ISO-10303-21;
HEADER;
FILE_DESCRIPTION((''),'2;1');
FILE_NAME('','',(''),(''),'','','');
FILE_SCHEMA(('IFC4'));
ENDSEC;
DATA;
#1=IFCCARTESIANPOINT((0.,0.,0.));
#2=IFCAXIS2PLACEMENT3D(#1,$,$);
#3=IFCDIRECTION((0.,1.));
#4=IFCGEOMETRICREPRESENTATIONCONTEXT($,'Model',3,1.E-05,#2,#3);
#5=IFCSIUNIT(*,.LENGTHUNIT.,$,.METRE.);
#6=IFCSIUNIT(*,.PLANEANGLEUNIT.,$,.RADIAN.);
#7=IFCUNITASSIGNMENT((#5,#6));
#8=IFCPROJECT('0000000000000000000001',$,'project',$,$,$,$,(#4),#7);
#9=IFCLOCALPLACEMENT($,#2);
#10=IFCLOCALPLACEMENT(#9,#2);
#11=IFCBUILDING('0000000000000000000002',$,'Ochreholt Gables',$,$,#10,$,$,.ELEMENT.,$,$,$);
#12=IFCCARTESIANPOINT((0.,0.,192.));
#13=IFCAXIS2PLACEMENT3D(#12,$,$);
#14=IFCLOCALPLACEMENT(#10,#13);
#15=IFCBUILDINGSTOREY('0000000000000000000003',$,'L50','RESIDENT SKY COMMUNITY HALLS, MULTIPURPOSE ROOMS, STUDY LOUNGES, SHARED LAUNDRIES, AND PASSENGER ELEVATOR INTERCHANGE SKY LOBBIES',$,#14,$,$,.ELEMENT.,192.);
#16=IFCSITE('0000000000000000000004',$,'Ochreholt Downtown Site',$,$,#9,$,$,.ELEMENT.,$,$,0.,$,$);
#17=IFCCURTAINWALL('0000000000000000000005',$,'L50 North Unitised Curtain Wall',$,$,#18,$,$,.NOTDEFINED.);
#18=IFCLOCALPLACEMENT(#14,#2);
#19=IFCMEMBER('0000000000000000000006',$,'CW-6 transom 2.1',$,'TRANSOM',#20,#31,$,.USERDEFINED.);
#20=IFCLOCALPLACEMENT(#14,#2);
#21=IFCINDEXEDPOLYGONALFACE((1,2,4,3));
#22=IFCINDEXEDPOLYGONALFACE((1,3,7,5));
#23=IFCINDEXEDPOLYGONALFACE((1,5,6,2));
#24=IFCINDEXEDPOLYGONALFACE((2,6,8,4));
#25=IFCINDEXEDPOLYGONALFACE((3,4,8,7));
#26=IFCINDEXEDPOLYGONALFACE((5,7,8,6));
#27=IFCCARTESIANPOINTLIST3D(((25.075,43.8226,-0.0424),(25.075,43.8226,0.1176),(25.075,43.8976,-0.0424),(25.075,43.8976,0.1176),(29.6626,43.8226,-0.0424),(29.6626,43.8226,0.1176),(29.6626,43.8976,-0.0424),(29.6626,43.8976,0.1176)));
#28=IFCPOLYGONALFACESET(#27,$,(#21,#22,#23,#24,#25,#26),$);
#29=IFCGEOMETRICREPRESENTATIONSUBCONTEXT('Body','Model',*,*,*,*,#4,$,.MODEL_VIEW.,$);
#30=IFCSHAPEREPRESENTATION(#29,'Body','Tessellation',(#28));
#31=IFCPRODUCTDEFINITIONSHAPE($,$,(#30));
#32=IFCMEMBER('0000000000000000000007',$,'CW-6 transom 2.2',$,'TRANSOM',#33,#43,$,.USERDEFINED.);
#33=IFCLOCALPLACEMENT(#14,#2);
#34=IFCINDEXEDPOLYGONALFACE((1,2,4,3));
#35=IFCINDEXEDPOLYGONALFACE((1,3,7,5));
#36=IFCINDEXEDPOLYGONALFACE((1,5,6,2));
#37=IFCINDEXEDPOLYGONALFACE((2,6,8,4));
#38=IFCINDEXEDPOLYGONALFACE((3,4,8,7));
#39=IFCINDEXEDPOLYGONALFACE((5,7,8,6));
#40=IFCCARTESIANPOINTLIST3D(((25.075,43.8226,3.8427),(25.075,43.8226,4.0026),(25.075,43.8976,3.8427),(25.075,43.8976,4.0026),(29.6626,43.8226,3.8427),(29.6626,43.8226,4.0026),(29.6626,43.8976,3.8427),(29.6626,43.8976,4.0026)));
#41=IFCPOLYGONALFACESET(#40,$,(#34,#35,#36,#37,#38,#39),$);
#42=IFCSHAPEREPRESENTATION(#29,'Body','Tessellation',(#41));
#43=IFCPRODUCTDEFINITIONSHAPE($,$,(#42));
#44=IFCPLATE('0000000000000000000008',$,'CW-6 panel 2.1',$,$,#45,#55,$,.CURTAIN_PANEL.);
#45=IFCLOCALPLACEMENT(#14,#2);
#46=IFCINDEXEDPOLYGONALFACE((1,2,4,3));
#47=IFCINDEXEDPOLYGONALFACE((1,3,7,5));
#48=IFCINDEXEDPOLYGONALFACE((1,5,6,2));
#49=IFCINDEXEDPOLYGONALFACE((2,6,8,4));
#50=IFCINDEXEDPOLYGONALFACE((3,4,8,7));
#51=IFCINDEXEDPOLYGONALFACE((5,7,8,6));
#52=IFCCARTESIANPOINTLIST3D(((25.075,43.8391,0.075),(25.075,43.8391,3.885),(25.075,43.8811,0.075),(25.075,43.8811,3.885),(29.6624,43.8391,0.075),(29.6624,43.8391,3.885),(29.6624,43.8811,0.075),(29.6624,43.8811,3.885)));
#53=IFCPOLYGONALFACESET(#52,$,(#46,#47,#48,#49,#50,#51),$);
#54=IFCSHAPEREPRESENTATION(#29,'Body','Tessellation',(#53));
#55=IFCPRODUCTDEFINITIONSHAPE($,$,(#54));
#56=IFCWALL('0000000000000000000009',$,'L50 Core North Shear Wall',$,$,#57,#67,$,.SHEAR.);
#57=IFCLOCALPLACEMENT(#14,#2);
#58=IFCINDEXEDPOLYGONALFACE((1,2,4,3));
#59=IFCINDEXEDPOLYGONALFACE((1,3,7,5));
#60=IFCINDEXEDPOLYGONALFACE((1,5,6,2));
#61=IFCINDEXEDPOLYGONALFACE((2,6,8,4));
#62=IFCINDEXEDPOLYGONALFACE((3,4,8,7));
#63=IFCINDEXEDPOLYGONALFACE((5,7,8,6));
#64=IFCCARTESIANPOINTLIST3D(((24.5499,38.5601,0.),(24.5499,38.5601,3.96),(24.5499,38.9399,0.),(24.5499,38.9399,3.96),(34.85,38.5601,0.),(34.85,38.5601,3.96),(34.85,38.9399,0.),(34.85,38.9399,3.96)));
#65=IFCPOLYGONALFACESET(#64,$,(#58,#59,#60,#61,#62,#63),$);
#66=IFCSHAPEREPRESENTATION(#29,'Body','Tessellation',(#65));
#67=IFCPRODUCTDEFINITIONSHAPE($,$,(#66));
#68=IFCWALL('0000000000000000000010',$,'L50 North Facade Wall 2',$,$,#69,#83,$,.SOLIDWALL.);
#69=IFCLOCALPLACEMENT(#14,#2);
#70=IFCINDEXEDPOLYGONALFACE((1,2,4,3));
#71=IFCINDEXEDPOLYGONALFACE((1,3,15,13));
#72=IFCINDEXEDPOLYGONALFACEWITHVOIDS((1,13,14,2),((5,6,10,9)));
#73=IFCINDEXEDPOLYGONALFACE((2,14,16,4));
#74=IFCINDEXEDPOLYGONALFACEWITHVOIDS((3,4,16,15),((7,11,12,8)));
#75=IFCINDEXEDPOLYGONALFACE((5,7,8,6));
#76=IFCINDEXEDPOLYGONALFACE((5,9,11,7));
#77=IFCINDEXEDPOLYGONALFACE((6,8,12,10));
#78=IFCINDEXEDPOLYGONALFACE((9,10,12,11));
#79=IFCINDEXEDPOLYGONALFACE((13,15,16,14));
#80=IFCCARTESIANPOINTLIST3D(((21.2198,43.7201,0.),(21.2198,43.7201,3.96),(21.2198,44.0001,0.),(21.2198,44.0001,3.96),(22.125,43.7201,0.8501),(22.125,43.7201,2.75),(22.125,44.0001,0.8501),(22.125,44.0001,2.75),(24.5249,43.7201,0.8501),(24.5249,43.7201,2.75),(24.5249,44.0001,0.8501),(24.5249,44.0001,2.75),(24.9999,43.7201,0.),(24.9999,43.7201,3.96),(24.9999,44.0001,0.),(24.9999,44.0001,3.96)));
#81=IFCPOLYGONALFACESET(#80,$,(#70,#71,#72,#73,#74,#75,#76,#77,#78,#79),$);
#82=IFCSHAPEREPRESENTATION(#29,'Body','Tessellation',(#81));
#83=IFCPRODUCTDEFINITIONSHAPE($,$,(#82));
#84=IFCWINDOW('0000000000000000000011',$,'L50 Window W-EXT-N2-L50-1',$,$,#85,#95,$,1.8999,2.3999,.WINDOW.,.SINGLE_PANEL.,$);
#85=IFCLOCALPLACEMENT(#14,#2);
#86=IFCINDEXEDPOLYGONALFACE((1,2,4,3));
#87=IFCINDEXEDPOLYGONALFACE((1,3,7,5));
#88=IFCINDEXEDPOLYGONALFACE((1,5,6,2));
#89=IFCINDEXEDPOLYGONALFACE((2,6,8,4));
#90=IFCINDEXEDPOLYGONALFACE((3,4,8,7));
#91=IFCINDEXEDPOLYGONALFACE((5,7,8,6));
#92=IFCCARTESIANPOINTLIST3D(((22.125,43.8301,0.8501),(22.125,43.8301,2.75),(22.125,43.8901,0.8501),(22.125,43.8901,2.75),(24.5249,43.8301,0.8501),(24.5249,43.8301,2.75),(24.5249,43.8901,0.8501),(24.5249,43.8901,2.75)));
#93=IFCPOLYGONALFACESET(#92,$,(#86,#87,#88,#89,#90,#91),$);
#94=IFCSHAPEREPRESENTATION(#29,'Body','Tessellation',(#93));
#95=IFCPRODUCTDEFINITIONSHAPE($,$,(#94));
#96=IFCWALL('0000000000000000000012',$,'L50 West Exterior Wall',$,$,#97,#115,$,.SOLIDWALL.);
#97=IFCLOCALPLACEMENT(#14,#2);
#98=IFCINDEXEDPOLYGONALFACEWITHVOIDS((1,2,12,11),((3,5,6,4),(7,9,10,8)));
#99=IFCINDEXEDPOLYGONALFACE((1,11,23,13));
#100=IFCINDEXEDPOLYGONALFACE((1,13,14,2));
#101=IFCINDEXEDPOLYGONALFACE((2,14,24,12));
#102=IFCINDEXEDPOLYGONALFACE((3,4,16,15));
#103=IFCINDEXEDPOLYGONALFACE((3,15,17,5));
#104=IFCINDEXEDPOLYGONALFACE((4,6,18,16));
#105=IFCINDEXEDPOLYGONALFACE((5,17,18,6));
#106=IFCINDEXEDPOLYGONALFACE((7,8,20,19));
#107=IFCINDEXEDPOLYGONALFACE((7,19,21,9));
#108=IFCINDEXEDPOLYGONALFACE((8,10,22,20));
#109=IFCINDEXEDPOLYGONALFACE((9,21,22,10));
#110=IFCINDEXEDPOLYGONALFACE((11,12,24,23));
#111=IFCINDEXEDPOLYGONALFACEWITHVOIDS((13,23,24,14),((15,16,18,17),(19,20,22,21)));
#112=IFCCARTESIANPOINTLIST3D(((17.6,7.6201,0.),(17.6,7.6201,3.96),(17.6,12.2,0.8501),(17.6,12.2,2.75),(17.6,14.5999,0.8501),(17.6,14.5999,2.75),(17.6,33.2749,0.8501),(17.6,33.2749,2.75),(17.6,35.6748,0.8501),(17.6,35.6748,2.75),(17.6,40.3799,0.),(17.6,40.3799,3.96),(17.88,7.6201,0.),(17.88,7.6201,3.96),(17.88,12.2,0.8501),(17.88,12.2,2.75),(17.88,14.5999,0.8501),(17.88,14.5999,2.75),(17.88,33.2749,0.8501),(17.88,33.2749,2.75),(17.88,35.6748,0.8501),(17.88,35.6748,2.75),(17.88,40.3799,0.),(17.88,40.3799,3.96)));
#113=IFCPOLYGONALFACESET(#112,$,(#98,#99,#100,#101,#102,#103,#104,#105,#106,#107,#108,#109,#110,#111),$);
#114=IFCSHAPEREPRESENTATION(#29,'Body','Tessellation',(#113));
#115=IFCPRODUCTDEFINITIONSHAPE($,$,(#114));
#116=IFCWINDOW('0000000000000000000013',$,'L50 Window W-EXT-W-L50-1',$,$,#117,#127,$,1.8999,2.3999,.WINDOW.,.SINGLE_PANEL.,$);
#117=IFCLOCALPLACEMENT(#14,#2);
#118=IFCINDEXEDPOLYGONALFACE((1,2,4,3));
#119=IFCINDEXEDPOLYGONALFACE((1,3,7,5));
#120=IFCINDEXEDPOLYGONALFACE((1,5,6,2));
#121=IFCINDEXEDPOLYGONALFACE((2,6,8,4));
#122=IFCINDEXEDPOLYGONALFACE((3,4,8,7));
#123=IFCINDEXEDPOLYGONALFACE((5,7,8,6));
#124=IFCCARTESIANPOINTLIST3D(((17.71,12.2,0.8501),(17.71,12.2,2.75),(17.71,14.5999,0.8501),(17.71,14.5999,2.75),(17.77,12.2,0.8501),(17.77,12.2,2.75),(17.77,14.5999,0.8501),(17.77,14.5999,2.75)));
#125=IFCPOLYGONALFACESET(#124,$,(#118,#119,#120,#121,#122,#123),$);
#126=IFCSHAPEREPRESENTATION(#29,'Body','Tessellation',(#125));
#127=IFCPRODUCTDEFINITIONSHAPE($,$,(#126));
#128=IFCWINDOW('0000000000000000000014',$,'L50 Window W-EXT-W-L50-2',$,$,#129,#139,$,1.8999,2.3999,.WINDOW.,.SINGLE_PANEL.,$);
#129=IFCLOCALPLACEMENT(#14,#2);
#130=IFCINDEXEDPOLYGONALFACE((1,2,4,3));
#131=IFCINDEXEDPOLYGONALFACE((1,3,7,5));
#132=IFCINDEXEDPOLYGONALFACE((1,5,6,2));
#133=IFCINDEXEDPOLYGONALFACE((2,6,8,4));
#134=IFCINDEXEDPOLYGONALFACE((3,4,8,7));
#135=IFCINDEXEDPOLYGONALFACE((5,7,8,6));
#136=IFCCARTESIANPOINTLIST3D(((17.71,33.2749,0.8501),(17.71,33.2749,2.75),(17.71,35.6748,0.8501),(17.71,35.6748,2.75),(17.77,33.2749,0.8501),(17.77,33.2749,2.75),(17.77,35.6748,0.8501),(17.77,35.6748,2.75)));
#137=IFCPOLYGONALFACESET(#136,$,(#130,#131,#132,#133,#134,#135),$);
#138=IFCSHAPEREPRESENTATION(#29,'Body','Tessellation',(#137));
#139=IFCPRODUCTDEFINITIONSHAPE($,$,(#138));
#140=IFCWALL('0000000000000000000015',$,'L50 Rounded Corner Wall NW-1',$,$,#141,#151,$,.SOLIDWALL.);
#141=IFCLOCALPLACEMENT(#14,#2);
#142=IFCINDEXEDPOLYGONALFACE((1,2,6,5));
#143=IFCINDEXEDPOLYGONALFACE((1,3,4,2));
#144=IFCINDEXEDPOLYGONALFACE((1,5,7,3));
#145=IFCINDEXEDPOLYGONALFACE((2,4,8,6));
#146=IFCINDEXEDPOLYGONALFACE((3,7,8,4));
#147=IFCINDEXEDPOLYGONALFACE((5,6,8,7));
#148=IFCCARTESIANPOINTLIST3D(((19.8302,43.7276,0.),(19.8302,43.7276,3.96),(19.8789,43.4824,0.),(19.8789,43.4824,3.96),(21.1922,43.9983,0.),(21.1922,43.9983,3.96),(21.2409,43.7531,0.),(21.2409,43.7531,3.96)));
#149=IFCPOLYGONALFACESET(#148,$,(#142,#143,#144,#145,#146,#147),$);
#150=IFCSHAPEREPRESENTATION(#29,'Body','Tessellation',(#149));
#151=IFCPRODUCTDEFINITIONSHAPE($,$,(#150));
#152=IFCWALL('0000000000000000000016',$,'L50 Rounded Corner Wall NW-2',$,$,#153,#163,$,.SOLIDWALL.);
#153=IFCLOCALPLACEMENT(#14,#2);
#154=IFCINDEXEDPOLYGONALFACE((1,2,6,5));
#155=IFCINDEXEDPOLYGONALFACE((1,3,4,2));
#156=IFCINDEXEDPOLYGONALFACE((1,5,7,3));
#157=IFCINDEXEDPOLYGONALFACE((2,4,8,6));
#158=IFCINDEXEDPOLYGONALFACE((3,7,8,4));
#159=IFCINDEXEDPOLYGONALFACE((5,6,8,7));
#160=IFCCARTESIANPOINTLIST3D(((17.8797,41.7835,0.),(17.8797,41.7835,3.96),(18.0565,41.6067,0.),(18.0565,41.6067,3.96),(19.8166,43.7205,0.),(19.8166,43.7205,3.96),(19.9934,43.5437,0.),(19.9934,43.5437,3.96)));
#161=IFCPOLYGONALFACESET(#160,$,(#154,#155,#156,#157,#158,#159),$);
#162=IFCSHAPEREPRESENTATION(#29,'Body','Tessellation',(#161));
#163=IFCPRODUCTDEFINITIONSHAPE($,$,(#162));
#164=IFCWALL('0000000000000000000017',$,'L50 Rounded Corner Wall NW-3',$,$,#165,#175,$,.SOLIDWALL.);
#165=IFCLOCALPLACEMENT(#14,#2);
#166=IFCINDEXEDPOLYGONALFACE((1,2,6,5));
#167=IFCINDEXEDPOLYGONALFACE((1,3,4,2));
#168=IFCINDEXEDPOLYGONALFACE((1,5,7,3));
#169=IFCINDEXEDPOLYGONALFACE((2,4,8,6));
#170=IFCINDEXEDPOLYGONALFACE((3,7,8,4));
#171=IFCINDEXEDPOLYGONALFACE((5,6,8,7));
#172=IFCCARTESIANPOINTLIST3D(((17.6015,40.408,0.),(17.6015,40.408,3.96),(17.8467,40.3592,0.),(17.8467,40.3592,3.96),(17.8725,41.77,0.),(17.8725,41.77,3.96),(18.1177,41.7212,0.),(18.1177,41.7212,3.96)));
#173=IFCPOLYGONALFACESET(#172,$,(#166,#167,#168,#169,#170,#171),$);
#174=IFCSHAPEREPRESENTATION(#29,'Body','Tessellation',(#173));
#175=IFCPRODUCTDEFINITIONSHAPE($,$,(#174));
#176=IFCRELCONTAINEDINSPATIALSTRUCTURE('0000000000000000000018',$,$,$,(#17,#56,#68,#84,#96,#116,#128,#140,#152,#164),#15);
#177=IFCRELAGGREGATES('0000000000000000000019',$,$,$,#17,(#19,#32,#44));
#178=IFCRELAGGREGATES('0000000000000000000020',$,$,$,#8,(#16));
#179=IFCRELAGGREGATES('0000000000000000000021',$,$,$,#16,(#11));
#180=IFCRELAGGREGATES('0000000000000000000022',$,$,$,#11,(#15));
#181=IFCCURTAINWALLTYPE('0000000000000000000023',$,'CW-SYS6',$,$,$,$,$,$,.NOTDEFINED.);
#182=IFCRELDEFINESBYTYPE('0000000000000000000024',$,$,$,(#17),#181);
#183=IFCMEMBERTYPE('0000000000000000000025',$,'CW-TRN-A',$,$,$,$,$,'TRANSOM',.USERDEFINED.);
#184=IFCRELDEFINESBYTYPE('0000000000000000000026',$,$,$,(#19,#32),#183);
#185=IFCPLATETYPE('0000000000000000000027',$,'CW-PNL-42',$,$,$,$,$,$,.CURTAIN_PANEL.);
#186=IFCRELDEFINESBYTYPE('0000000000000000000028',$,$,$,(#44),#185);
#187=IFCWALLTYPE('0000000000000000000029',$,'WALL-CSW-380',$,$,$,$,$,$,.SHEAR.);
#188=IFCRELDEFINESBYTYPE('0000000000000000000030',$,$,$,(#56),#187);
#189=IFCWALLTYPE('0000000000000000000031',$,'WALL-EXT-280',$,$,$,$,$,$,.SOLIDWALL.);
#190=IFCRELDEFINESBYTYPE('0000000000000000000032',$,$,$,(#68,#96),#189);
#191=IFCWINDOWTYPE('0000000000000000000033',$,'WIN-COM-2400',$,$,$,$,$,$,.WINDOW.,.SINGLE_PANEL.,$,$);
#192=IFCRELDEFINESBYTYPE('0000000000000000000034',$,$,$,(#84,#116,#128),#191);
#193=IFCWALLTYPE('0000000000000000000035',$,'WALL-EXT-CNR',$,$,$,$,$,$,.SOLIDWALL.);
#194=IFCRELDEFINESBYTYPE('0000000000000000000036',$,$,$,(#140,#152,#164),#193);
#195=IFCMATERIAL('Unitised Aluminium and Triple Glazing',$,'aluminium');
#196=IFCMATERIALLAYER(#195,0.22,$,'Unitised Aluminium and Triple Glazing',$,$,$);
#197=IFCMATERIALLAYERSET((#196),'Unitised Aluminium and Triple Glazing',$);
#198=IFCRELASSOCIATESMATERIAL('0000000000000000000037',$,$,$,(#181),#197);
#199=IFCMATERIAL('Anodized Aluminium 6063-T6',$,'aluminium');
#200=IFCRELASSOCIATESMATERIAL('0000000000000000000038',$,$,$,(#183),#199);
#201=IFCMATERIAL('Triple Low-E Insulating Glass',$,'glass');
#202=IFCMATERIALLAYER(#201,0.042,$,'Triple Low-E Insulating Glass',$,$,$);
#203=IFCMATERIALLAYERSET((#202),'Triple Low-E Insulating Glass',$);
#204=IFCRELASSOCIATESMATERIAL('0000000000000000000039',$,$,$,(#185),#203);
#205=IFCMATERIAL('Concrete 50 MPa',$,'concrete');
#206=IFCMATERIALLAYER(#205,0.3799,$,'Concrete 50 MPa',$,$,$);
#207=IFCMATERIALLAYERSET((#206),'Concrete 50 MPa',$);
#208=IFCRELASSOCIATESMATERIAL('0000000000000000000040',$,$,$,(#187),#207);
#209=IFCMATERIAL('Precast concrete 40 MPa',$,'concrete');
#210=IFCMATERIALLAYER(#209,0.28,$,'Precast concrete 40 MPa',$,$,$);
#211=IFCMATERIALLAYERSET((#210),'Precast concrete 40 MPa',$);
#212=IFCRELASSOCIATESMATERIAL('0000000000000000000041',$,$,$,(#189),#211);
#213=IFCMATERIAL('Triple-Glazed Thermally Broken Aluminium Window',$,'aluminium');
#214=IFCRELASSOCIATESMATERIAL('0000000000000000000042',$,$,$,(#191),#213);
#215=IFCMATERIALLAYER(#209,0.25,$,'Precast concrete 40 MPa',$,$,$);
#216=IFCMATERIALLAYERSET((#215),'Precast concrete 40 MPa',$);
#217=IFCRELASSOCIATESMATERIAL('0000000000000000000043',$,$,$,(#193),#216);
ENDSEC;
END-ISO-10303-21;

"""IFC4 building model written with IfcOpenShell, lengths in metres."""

from ifc_helpers import new_model, si_unit, direction, frame, frame_2d, origin, origin_2d, place, context, subcontext, project, spatial, rectangle, extrude, material, layer, layer_set, material_profile, profile_set, type_object, element, fill, aggregate, save


model = new_model("IFC4")

# Units and contexts
model_context = context("Model", 3, precision=1e-05, world=origin(), true_north=direction((0.0, 1.0)))
body_context = subcontext(model_context, "Body", "Model", "MODEL_VIEW")
ifc_project = project(units=[si_unit("LENGTHUNIT", "METRE"), si_unit("PLANEANGLEUNIT", "RADIAN")], contexts=[model_context])

# Site, building, storey
site_placement = place(None, origin())
site = spatial("IfcSite", under=ifc_project, at=site_placement, Name="Ochreholt Downtown Site", CompositionType="ELEMENT", RefElevation=0.0)
building_placement = place(site_placement, origin())
building = spatial("IfcBuilding", under=site, at=building_placement, Name="Ochreholt Gables", CompositionType="ELEMENT")
storey_placement = place(building_placement, frame((0.0, 0.0, 192.0)))
storey = spatial("IfcBuildingStorey", under=building, at=storey_placement, Name="L50", Description="RESIDENT SKY COMMUNITY HALLS, MULTIPURPOSE ROOMS, STUDY LOUNGES, SHARED LAUNDRIES, AND PASSENGER ELEVATOR INTERCHANGE SKY LOBBIES", CompositionType="ELEMENT", Elevation=192.0)

# Shared definitions
ifc_material_1 = material(Name="Concrete 50 MPa", Category="concrete")

# Curtain wall, members, plate
ifc_material_2 = material(Name="Unitised Aluminium and Triple Glazing", Category="aluminium")
ifc_layer_1 = layer(ifc_material_2, 0.22, Name="Unitised Aluminium and Triple Glazing")
ifc_layer_set_1 = layer_set([ifc_layer_1], Name="Unitised Aluminium and Triple Glazing")
curtain_wall_type = type_object("IfcCurtainWallType", Name="CW-SYS6", PredefinedType="NOTDEFINED", material=ifc_layer_set_1)
curtain_wall_placement = place(storey_placement, origin())
curtain_wall = element("IfcCurtainWall", 1, at=curtain_wall_placement, inside=storey, type_object=curtain_wall_type, Name="L50 North Unitised Curtain Wall", PredefinedType="NOTDEFINED")
ifc_material_3 = material(Name="Anodized Aluminium 6063-T6", Category="aluminium")
ifc_material_profile_1 = material_profile(ifc_material_3, rectangle(XDim=0.075, YDim=0.1599, at=origin_2d()), Name="CWT75X160")
ifc_profile_set_1 = profile_set([ifc_material_profile_1], Name="Anodized Aluminium 6063-T6")
member_type_1 = type_object("IfcMemberType", Name="CW-TRN-A", ElementType="TRANSOM", PredefinedType="USERDEFINED", material=ifc_profile_set_1)
member_1_placement = place(storey_placement, frame((29.6626, 43.8601, 0.0376), z_axis=(-1.0, 0.0, 0.0), x_axis=(0.0, -1.0, 0.0)))
member_1 = element("IfcMember", 2, at=member_1_placement, type_object=member_type_1, Name="CW-6 transom 2.1", ObjectType="TRANSOM", PredefinedType="USERDEFINED", context=body_context, shape_type="SweptSolid", body=[
    extrude(rectangle(XDim=0.075, YDim=0.1599, at=origin_2d()), origin(), (0.0, 0.0, 1.0), 4.5876),
])
member_2_placement = place(storey_placement, frame((29.6626, 43.8601, 3.9226), z_axis=(-1.0, 0.0, 0.0), x_axis=(0.0, -1.0, 0.0)))
member_2 = element("IfcMember", 3, at=member_2_placement, type_object=member_type_1, Name="CW-6 transom 2.2", ObjectType="TRANSOM", PredefinedType="USERDEFINED", context=body_context, shape_type="SweptSolid", body=[
    extrude(rectangle(XDim=0.075, YDim=0.1599, at=origin_2d()), origin(), (0.0, 0.0, 1.0), 4.5876),
])
ifc_material_4 = material(Name="Triple Low-E Insulating Glass", Category="glass")
ifc_layer_2 = layer(ifc_material_4, 0.042, Name="Triple Low-E Insulating Glass")
ifc_layer_set_2 = layer_set([ifc_layer_2], Name="Triple Low-E Insulating Glass")
plate_type = type_object("IfcPlateType", Name="CW-PNL-42", PredefinedType="CURTAIN_PANEL", material=ifc_layer_set_2)
plate_placement = place(storey_placement, frame((27.3687, 43.8601, 0.075), z_axis=(0.0, 0.0, 1.0), x_axis=(-1.0, 0.0, 0.0)))
plate = element("IfcPlate", 4, at=plate_placement, type_object=plate_type, Name="CW-6 panel 2.1", PredefinedType="CURTAIN_PANEL", context=body_context, shape_type="SweptSolid", body=[
    extrude(rectangle(XDim=4.5874, YDim=0.042, at=origin_2d()), origin(), (0.0, 0.0, 1.0), 3.8101),
])
aggregate(curtain_wall, [member_1, member_2, plate])

# Wall
ifc_layer_3 = layer(ifc_material_1, 0.3799, Name="Concrete 50 MPa")
ifc_layer_set_3 = layer_set([ifc_layer_3], Name="Concrete 50 MPa")
wall_type_1 = type_object("IfcWallType", Name="WALL-CSW-380", PredefinedType="SHEAR", material=ifc_layer_set_3)
wall_1_placement = place(storey_placement, frame((24.55, 38.75, 0.0), z_axis=(0.0, 0.0, 1.0), x_axis=(1.0, 0.0, 0.0)))
element("IfcWall", 5, at=wall_1_placement, inside=storey, type_object=wall_type_1, Name="L50 Core North Shear Wall", PredefinedType="SHEAR", context=body_context, shape_type="SweptSolid", body=[
    extrude(rectangle(XDim=10.3, YDim=0.3799, at=frame_2d((5.1499, 0.0))), origin(), (0.0, 0.0, 1.0), 3.96),
])

# Wall, opening, window
ifc_material_5 = material(Name="Precast concrete 40 MPa", Category="concrete")
ifc_layer_4 = layer(ifc_material_5, 0.28, Name="Precast concrete 40 MPa")
ifc_layer_set_4 = layer_set([ifc_layer_4], Name="Precast concrete 40 MPa")
wall_type_2 = type_object("IfcWallType", Name="WALL-EXT-280", PredefinedType="SOLIDWALL", material=ifc_layer_set_4)
wall_2_placement = place(storey_placement, frame((25.0, 43.8601, 0.0), z_axis=(0.0, 0.0, 1.0), x_axis=(-1.0, 0.0, 0.0)))
wall_2 = element("IfcWall", 6, at=wall_2_placement, inside=storey, type_object=wall_type_2, Name="L50 North Facade Wall 2", PredefinedType="SOLIDWALL", context=body_context, shape_type="SweptSolid", body=[
    extrude(rectangle(XDim=3.78, YDim=0.28, at=frame_2d((1.8901, 0.0))), origin(), (0.0, 0.0, 1.0), 3.96),
])
opening_1_placement = place(wall_2_placement, frame((0.4751, 0.0, 0.8501)))
opening_1 = element("IfcOpeningElement", 7, at=opening_1_placement, cuts=wall_2, PredefinedType="OPENING", context=body_context, shape_type="SweptSolid", body=[
    extrude(rectangle(XDim=2.3999, YDim=1.8999, at=frame_2d((1.2, 0.95))), frame((0.0, 0.1499, 0.0), z_axis=(0.0, -1.0, 0.0), x_axis=(1.0, 0.0, 0.0)), (0.0, 0.0, 1.0), 0.3),
])
ifc_material_6 = material(Name="Triple-Glazed Thermally Broken Aluminium Window", Category="aluminium")
window_type = type_object("IfcWindowType", Name="WIN-COM-2400", PartitioningType="SINGLE_PANEL", PredefinedType="WINDOW", material=ifc_material_6)
window_1_placement = place(opening_1_placement, origin())
window_1 = element("IfcWindow", 8, at=window_1_placement, inside=storey, type_object=window_type, Name="L50 Window W-EXT-N2-L50-1", OverallHeight=1.8999, OverallWidth=2.3999, PartitioningType="SINGLE_PANEL", PredefinedType="WINDOW", context=body_context, shape_type="SweptSolid", body=[
    extrude(rectangle(XDim=2.3999, YDim=1.8999, at=frame_2d((1.2, 0.95))), frame((0.0, 0.03, 0.0), z_axis=(0.0, -1.0, 0.0), x_axis=(1.0, 0.0, 0.0)), (0.0, 0.0, 1.0), 0.0601),
])
fill(opening_1, window_1)

# Wall, openings, windows
wall_3_placement = place(storey_placement, frame((17.74, 40.3799, 0.0), z_axis=(0.0, 0.0, 1.0), x_axis=(0.0, -1.0, 0.0)))
wall_3 = element("IfcWall", 9, at=wall_3_placement, inside=storey, type_object=wall_type_2, Name="L50 West Exterior Wall", PredefinedType="SOLIDWALL", context=body_context, shape_type="SweptSolid", body=[
    extrude(rectangle(XDim=32.7598, YDim=0.28, at=frame_2d((16.3799, 0.0))), origin(), (0.0, 0.0, 1.0), 3.96),
])
opening_2_placement = place(wall_3_placement, frame((25.78, 0.0, 0.8501)))
opening_2 = element("IfcOpeningElement", 10, at=opening_2_placement, cuts=wall_3, PredefinedType="OPENING", context=body_context, shape_type="SweptSolid", body=[
    extrude(rectangle(XDim=2.3999, YDim=1.8999, at=frame_2d((1.2, 0.95))), frame((0.0, 0.1499, 0.0), z_axis=(0.0, -1.0, 0.0), x_axis=(1.0, 0.0, 0.0)), (0.0, 0.0, 1.0), 0.3),
])
opening_3_placement = place(wall_3_placement, frame((4.7051, 0.0, 0.8501)))
opening_3 = element("IfcOpeningElement", 11, at=opening_3_placement, cuts=wall_3, PredefinedType="OPENING", context=body_context, shape_type="SweptSolid", body=[
    extrude(rectangle(XDim=2.3999, YDim=1.8999, at=frame_2d((1.2, 0.95))), frame((0.0, 0.1499, 0.0), z_axis=(0.0, -1.0, 0.0), x_axis=(1.0, 0.0, 0.0)), (0.0, 0.0, 1.0), 0.3),
])
window_2_placement = place(opening_2_placement, origin())
window_2 = element("IfcWindow", 12, at=window_2_placement, inside=storey, type_object=window_type, Name="L50 Window W-EXT-W-L50-1", OverallHeight=1.8999, OverallWidth=2.3999, PartitioningType="SINGLE_PANEL", PredefinedType="WINDOW", context=body_context, shape_type="SweptSolid", body=[
    extrude(rectangle(XDim=2.3999, YDim=1.8999, at=frame_2d((1.2, 0.95))), frame((0.0, 0.03, 0.0), z_axis=(0.0, -1.0, 0.0), x_axis=(1.0, 0.0, 0.0)), (0.0, 0.0, 1.0), 0.0601),
])
fill(opening_2, window_2)
window_3_placement = place(opening_3_placement, origin())
window_3 = element("IfcWindow", 13, at=window_3_placement, inside=storey, type_object=window_type, Name="L50 Window W-EXT-W-L50-2", OverallHeight=1.8999, OverallWidth=2.3999, PartitioningType="SINGLE_PANEL", PredefinedType="WINDOW", context=body_context, shape_type="SweptSolid", body=[
    extrude(rectangle(XDim=2.3999, YDim=1.8999, at=frame_2d((1.2, 0.95))), frame((0.0, 0.03, 0.0), z_axis=(0.0, -1.0, 0.0), x_axis=(1.0, 0.0, 0.0)), (0.0, 0.0, 1.0), 0.0601),
])
fill(opening_3, window_3)

# Walls
ifc_layer_5 = layer(ifc_material_5, 0.25, Name="Precast concrete 40 MPa")
ifc_layer_set_5 = layer_set([ifc_layer_5], Name="Precast concrete 40 MPa")
wall_type_3 = type_object("IfcWallType", Name="WALL-EXT-CNR", PredefinedType="SOLIDWALL", material=ifc_layer_set_5)
wall_4_placement = place(storey_placement, frame((21.2166, 43.8757, 0.0), z_axis=(0.0, 0.0, 1.0), x_axis=(-0.98081, -0.194967, 0.0)))
element("IfcWall", 14, at=wall_4_placement, inside=storey, type_object=wall_type_3, Name="L50 Rounded Corner Wall NW-1", PredefinedType="SOLIDWALL", context=body_context, shape_type="SweptSolid", body=[
    extrude(rectangle(XDim=1.3887, YDim=0.25, at=frame_2d((0.6943, 0.0))), origin(), (0.0, 0.0, 1.0), 3.96),
])
wall_5_placement = place(storey_placement, frame((19.905, 43.6321, 0.0), z_axis=(0.0, 0.0, 1.0), x_axis=(-0.707107, -0.707107, 0.0)))
element("IfcWall", 15, at=wall_5_placement, inside=storey, type_object=wall_type_3, Name="L50 Rounded Corner Wall NW-2", PredefinedType="SOLIDWALL", context=body_context, shape_type="SweptSolid", body=[
    extrude(rectangle(XDim=2.7393, YDim=0.25, at=frame_2d((1.3696, 0.0))), origin(), (0.0, 0.0, 1.0), 3.96),
])
wall_6_placement = place(storey_placement, frame((17.9951, 41.7456, 0.0), z_axis=(0.0, 0.0, 1.0), x_axis=(-0.195136, -0.980776, 0.0)))
element("IfcWall", 16, at=wall_6_placement, inside=storey, type_object=wall_type_3, Name="L50 Rounded Corner Wall NW-3", PredefinedType="SOLIDWALL", context=body_context, shape_type="SweptSolid", body=[
    extrude(rectangle(XDim=1.3887, YDim=0.25, at=frame_2d((0.6943, 0.0))), origin(), (0.0, 0.0, 1.0), 3.96),
])

save(model, "model.ifc")
